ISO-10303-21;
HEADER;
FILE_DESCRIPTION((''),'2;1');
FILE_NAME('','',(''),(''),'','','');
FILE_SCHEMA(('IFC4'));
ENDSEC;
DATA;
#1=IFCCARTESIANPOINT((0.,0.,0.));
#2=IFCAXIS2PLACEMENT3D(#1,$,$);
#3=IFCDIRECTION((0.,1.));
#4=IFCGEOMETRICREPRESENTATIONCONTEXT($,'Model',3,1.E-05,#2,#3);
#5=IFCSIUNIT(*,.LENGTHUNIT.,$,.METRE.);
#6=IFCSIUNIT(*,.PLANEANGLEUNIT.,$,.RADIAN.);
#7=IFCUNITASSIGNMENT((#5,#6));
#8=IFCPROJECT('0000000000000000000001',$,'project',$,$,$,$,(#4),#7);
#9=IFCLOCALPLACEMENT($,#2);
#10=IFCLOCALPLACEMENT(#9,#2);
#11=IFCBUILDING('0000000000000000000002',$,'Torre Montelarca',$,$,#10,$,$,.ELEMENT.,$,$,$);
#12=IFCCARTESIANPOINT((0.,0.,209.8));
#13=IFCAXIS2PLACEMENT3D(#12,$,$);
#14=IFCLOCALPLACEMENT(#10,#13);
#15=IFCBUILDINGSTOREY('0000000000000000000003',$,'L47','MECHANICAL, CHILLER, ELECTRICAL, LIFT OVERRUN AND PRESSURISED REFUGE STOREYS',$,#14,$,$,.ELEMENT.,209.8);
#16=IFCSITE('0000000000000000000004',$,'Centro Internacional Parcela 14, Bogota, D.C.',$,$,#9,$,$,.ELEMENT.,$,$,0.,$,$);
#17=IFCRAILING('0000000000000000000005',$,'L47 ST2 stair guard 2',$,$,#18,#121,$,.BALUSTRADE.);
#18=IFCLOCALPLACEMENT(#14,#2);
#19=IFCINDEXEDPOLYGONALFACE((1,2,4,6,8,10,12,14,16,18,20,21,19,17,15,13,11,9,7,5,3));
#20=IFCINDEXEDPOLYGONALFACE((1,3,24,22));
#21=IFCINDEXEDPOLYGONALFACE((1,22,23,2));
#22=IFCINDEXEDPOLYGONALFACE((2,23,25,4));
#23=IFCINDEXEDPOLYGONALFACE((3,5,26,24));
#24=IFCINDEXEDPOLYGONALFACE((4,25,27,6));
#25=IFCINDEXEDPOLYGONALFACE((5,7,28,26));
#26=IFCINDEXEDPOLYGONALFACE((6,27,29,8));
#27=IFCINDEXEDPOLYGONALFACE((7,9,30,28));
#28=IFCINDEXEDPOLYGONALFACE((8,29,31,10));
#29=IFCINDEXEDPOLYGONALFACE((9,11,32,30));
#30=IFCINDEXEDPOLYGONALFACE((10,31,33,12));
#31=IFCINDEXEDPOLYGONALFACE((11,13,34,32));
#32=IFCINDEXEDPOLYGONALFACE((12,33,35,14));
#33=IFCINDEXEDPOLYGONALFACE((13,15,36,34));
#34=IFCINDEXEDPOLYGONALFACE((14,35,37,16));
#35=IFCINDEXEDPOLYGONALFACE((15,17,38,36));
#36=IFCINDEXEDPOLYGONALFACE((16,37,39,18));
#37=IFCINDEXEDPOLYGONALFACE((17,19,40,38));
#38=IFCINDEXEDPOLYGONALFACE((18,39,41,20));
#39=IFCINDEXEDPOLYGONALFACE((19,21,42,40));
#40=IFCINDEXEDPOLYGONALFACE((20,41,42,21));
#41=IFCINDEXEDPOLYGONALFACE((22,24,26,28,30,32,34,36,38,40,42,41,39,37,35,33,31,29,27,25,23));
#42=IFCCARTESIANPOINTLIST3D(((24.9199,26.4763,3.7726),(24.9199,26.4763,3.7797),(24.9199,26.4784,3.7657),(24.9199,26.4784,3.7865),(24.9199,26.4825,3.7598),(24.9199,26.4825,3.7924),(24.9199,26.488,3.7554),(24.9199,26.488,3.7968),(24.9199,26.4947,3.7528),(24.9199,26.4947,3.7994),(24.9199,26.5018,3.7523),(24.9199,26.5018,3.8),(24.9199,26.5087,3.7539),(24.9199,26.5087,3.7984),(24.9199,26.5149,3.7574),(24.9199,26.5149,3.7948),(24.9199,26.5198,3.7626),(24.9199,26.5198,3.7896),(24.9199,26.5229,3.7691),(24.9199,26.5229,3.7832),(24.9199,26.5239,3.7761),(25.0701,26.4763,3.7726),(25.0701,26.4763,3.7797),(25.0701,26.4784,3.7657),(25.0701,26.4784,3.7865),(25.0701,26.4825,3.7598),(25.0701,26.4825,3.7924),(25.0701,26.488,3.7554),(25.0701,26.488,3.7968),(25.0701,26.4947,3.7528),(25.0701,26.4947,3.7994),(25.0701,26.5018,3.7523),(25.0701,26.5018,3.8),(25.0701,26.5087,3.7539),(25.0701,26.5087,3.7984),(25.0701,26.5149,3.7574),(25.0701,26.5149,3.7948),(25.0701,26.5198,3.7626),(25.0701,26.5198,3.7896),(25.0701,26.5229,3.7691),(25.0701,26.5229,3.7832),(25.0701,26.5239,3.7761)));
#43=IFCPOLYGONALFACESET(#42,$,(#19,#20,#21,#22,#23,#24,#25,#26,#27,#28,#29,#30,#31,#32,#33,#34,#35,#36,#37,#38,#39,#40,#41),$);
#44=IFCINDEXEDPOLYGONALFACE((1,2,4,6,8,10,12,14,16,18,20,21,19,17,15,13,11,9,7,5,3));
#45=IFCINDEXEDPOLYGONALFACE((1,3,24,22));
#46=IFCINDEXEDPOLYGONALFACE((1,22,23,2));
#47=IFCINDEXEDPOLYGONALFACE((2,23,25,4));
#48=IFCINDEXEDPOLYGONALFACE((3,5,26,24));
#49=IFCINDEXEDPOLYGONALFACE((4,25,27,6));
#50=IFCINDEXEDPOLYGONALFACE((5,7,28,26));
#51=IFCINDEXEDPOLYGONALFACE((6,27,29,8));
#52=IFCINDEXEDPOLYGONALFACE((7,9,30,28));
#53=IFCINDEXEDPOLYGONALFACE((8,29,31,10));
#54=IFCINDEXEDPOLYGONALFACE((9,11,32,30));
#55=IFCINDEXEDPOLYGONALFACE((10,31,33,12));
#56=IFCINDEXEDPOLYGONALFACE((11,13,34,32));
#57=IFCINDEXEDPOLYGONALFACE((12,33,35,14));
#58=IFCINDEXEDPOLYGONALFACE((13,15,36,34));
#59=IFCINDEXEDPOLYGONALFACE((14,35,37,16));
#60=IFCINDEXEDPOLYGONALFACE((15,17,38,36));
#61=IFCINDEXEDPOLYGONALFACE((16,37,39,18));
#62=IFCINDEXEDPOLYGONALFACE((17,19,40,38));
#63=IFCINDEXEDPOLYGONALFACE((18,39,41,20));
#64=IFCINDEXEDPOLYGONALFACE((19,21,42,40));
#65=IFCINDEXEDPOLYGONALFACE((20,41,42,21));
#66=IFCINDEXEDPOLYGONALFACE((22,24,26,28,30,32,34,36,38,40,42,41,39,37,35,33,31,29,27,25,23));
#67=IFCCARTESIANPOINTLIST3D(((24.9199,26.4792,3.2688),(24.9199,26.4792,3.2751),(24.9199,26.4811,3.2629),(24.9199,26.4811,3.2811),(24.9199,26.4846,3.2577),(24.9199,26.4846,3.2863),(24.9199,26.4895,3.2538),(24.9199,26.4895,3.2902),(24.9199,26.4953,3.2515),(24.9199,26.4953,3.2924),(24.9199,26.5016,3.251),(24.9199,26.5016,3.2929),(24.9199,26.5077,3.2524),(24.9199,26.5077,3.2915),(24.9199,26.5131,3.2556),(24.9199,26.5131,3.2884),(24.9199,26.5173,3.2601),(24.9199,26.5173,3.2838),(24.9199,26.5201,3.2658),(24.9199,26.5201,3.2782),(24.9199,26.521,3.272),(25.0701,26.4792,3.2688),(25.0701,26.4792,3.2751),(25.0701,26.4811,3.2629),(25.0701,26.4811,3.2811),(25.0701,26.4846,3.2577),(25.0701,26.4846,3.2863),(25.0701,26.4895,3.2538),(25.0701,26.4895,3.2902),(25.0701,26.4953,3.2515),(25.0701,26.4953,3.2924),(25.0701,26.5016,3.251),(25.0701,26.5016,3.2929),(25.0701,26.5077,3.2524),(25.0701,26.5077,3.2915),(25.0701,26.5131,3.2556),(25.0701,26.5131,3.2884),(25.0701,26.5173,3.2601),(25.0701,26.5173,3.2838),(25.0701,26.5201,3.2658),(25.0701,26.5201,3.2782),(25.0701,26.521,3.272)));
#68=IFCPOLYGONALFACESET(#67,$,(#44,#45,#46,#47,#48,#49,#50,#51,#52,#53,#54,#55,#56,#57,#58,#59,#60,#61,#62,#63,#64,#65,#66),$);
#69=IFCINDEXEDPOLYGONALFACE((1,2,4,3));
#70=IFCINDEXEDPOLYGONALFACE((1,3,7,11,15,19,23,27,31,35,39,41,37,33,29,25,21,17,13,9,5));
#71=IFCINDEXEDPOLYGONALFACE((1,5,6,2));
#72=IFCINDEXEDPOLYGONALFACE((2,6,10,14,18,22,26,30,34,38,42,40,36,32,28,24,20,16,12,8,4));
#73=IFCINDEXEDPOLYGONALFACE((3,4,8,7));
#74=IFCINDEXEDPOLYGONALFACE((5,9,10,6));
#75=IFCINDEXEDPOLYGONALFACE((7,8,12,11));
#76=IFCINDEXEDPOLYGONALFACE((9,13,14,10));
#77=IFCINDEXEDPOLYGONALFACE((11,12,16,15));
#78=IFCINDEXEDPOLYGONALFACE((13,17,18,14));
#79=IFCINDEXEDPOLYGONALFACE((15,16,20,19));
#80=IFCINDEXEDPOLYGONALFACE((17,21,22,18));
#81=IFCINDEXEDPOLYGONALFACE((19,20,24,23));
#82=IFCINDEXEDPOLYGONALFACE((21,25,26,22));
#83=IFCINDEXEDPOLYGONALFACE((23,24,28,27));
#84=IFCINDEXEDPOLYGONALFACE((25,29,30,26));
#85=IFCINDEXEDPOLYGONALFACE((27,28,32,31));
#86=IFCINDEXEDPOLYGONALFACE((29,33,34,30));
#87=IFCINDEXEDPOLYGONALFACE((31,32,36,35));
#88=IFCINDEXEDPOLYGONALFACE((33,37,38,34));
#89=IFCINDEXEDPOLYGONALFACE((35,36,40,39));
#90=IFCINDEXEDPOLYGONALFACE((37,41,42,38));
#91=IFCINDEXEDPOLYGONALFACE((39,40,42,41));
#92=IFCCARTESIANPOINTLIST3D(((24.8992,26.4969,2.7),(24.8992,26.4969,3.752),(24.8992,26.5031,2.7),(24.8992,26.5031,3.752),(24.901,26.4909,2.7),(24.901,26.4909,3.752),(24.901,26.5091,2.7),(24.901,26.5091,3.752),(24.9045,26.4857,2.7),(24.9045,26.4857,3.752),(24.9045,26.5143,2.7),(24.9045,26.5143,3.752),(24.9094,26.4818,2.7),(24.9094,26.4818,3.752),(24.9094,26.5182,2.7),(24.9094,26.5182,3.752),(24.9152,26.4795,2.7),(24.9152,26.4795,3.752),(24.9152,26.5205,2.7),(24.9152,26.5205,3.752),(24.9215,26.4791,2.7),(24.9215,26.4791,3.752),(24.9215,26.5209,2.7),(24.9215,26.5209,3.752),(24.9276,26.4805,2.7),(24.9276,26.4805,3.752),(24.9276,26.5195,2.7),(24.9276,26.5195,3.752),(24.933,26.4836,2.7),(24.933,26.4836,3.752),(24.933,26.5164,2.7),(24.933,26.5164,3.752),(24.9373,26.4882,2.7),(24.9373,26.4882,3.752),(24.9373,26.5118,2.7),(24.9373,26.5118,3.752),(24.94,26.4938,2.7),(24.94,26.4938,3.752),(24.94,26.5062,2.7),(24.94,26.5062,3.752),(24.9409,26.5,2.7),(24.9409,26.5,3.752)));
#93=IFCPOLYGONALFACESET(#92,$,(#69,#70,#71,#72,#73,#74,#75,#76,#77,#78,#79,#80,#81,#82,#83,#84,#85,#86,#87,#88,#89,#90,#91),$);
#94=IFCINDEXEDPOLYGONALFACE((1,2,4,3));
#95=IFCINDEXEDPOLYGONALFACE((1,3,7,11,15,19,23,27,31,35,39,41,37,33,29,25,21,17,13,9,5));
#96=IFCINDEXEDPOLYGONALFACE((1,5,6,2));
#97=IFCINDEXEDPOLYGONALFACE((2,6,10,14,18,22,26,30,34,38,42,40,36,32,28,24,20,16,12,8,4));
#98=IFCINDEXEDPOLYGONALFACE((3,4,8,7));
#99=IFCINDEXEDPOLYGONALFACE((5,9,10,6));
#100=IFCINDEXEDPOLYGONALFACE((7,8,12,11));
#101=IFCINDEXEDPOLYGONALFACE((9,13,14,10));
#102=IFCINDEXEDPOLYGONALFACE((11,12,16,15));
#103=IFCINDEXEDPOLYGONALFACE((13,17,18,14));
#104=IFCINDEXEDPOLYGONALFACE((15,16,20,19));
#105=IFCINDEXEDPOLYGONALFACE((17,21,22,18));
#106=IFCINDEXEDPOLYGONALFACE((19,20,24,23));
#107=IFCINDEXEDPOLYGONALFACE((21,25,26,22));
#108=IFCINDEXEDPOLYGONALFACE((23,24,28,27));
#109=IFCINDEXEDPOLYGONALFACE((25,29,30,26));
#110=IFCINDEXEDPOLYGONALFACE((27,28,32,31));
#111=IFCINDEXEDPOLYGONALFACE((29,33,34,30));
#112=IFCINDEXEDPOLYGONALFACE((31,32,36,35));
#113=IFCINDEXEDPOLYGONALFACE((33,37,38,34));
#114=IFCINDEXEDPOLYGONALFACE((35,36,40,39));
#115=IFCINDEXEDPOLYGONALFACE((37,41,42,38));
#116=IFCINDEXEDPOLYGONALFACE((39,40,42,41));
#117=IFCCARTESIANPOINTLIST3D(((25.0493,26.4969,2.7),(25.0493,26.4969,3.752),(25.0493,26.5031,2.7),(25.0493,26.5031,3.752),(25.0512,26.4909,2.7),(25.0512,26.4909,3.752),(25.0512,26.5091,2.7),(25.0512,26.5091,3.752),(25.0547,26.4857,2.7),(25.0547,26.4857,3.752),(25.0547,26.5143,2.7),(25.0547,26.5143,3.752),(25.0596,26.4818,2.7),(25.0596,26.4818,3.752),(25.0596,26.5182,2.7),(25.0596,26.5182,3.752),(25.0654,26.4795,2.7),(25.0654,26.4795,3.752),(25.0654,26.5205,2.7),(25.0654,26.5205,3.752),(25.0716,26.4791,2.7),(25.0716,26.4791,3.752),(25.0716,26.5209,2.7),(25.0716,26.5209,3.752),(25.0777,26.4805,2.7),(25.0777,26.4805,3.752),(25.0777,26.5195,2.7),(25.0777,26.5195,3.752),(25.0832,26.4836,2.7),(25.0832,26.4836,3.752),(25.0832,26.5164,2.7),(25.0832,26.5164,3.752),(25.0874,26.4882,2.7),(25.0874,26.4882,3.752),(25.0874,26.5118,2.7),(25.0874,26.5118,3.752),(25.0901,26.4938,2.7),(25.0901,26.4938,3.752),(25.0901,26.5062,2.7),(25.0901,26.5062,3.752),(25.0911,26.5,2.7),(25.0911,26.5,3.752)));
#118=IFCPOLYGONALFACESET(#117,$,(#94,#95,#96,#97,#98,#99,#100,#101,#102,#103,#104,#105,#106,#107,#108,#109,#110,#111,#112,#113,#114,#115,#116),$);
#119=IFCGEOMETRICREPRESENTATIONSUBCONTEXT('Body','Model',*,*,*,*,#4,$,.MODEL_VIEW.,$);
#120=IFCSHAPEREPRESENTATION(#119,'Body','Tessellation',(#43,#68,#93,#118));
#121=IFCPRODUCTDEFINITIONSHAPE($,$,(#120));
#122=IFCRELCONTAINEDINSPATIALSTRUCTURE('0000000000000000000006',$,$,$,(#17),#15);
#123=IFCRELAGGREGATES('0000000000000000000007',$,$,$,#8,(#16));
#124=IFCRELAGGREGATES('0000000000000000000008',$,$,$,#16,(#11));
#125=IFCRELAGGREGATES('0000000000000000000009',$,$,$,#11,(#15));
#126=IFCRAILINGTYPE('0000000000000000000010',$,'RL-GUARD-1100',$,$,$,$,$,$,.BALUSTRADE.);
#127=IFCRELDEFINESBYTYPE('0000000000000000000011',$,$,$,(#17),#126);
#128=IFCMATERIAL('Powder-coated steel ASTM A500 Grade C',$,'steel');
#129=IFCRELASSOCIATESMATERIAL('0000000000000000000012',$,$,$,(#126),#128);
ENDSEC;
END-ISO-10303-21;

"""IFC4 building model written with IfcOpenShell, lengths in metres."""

from ifc_helpers import new_model, si_unit, direction, frame, origin, origin_2d, place, context, subcontext, project, spatial, circle, extrude, material, type_object, element, save


model = new_model("IFC4")

# Units and contexts
model_context = context("Model", 3, precision=1e-05, world=origin(), true_north=direction((0.0, 1.0)))
body_context = subcontext(model_context, "Body", "Model", "MODEL_VIEW")
ifc_project = project(units=[si_unit("LENGTHUNIT", "METRE"), si_unit("PLANEANGLEUNIT", "RADIAN")], contexts=[model_context])

# Site, building, storey
site_placement = place(None, origin())
site = spatial("IfcSite", under=ifc_project, at=site_placement, Name="Centro Internacional Parcela 14, Bogota, D.C.", CompositionType="ELEMENT", RefElevation=0.0)
building_placement = place(site_placement, origin())
building = spatial("IfcBuilding", under=site, at=building_placement, Name="Torre Montelarca", CompositionType="ELEMENT")
storey_placement = place(building_placement, frame((0.0, 0.0, 209.8)))
storey = spatial("IfcBuildingStorey", under=building, at=storey_placement, Name="L47", Description="MECHANICAL, CHILLER, ELECTRICAL, LIFT OVERRUN AND PRESSURISED REFUGE STOREYS", CompositionType="ELEMENT", Elevation=209.8)

# Railing
ifc_material_1 = material(Name="Powder-coated steel ASTM A500 Grade C", Category="steel")
railing_type_1 = type_object("IfcRailingType", Name="RL-GUARD-1100", PredefinedType="BALUSTRADE", material=ifc_material_1)
railing_1_placement = place(storey_placement, frame((24.9199, 26.5, 2.7)))
element("IfcRailing", 1, at=railing_1_placement, inside=storey, type_object=railing_type_1, Name="L47 ST2 stair guard 2", PredefinedType="BALUSTRADE", context=body_context, shape_type="SweptSolid", body=[
    extrude(circle(Radius=0.0239, at=origin_2d()), frame((0.0, 0.0, 1.0762), z_axis=(1.0, 0.0, 0.0), x_axis=(0.0, 1.0, 0.0)), (0.0, 0.0, 1.0), 0.1501),
    extrude(circle(Radius=0.021, at=origin_2d()), frame((0.0, 0.0, 0.572), z_axis=(1.0, 0.0, 0.0), x_axis=(0.0, 1.0, 0.0)), (0.0, 0.0, 1.0), 0.1501),
    extrude(circle(Radius=0.021, at=origin_2d()), origin(), (0.0, 0.0, 1.0), 1.052),
    extrude(circle(Radius=0.021, at=origin_2d()), frame((0.1501, 0.0, 0.0)), (0.0, 0.0, 1.0), 1.052),
])

save(model, "model.ifc")
